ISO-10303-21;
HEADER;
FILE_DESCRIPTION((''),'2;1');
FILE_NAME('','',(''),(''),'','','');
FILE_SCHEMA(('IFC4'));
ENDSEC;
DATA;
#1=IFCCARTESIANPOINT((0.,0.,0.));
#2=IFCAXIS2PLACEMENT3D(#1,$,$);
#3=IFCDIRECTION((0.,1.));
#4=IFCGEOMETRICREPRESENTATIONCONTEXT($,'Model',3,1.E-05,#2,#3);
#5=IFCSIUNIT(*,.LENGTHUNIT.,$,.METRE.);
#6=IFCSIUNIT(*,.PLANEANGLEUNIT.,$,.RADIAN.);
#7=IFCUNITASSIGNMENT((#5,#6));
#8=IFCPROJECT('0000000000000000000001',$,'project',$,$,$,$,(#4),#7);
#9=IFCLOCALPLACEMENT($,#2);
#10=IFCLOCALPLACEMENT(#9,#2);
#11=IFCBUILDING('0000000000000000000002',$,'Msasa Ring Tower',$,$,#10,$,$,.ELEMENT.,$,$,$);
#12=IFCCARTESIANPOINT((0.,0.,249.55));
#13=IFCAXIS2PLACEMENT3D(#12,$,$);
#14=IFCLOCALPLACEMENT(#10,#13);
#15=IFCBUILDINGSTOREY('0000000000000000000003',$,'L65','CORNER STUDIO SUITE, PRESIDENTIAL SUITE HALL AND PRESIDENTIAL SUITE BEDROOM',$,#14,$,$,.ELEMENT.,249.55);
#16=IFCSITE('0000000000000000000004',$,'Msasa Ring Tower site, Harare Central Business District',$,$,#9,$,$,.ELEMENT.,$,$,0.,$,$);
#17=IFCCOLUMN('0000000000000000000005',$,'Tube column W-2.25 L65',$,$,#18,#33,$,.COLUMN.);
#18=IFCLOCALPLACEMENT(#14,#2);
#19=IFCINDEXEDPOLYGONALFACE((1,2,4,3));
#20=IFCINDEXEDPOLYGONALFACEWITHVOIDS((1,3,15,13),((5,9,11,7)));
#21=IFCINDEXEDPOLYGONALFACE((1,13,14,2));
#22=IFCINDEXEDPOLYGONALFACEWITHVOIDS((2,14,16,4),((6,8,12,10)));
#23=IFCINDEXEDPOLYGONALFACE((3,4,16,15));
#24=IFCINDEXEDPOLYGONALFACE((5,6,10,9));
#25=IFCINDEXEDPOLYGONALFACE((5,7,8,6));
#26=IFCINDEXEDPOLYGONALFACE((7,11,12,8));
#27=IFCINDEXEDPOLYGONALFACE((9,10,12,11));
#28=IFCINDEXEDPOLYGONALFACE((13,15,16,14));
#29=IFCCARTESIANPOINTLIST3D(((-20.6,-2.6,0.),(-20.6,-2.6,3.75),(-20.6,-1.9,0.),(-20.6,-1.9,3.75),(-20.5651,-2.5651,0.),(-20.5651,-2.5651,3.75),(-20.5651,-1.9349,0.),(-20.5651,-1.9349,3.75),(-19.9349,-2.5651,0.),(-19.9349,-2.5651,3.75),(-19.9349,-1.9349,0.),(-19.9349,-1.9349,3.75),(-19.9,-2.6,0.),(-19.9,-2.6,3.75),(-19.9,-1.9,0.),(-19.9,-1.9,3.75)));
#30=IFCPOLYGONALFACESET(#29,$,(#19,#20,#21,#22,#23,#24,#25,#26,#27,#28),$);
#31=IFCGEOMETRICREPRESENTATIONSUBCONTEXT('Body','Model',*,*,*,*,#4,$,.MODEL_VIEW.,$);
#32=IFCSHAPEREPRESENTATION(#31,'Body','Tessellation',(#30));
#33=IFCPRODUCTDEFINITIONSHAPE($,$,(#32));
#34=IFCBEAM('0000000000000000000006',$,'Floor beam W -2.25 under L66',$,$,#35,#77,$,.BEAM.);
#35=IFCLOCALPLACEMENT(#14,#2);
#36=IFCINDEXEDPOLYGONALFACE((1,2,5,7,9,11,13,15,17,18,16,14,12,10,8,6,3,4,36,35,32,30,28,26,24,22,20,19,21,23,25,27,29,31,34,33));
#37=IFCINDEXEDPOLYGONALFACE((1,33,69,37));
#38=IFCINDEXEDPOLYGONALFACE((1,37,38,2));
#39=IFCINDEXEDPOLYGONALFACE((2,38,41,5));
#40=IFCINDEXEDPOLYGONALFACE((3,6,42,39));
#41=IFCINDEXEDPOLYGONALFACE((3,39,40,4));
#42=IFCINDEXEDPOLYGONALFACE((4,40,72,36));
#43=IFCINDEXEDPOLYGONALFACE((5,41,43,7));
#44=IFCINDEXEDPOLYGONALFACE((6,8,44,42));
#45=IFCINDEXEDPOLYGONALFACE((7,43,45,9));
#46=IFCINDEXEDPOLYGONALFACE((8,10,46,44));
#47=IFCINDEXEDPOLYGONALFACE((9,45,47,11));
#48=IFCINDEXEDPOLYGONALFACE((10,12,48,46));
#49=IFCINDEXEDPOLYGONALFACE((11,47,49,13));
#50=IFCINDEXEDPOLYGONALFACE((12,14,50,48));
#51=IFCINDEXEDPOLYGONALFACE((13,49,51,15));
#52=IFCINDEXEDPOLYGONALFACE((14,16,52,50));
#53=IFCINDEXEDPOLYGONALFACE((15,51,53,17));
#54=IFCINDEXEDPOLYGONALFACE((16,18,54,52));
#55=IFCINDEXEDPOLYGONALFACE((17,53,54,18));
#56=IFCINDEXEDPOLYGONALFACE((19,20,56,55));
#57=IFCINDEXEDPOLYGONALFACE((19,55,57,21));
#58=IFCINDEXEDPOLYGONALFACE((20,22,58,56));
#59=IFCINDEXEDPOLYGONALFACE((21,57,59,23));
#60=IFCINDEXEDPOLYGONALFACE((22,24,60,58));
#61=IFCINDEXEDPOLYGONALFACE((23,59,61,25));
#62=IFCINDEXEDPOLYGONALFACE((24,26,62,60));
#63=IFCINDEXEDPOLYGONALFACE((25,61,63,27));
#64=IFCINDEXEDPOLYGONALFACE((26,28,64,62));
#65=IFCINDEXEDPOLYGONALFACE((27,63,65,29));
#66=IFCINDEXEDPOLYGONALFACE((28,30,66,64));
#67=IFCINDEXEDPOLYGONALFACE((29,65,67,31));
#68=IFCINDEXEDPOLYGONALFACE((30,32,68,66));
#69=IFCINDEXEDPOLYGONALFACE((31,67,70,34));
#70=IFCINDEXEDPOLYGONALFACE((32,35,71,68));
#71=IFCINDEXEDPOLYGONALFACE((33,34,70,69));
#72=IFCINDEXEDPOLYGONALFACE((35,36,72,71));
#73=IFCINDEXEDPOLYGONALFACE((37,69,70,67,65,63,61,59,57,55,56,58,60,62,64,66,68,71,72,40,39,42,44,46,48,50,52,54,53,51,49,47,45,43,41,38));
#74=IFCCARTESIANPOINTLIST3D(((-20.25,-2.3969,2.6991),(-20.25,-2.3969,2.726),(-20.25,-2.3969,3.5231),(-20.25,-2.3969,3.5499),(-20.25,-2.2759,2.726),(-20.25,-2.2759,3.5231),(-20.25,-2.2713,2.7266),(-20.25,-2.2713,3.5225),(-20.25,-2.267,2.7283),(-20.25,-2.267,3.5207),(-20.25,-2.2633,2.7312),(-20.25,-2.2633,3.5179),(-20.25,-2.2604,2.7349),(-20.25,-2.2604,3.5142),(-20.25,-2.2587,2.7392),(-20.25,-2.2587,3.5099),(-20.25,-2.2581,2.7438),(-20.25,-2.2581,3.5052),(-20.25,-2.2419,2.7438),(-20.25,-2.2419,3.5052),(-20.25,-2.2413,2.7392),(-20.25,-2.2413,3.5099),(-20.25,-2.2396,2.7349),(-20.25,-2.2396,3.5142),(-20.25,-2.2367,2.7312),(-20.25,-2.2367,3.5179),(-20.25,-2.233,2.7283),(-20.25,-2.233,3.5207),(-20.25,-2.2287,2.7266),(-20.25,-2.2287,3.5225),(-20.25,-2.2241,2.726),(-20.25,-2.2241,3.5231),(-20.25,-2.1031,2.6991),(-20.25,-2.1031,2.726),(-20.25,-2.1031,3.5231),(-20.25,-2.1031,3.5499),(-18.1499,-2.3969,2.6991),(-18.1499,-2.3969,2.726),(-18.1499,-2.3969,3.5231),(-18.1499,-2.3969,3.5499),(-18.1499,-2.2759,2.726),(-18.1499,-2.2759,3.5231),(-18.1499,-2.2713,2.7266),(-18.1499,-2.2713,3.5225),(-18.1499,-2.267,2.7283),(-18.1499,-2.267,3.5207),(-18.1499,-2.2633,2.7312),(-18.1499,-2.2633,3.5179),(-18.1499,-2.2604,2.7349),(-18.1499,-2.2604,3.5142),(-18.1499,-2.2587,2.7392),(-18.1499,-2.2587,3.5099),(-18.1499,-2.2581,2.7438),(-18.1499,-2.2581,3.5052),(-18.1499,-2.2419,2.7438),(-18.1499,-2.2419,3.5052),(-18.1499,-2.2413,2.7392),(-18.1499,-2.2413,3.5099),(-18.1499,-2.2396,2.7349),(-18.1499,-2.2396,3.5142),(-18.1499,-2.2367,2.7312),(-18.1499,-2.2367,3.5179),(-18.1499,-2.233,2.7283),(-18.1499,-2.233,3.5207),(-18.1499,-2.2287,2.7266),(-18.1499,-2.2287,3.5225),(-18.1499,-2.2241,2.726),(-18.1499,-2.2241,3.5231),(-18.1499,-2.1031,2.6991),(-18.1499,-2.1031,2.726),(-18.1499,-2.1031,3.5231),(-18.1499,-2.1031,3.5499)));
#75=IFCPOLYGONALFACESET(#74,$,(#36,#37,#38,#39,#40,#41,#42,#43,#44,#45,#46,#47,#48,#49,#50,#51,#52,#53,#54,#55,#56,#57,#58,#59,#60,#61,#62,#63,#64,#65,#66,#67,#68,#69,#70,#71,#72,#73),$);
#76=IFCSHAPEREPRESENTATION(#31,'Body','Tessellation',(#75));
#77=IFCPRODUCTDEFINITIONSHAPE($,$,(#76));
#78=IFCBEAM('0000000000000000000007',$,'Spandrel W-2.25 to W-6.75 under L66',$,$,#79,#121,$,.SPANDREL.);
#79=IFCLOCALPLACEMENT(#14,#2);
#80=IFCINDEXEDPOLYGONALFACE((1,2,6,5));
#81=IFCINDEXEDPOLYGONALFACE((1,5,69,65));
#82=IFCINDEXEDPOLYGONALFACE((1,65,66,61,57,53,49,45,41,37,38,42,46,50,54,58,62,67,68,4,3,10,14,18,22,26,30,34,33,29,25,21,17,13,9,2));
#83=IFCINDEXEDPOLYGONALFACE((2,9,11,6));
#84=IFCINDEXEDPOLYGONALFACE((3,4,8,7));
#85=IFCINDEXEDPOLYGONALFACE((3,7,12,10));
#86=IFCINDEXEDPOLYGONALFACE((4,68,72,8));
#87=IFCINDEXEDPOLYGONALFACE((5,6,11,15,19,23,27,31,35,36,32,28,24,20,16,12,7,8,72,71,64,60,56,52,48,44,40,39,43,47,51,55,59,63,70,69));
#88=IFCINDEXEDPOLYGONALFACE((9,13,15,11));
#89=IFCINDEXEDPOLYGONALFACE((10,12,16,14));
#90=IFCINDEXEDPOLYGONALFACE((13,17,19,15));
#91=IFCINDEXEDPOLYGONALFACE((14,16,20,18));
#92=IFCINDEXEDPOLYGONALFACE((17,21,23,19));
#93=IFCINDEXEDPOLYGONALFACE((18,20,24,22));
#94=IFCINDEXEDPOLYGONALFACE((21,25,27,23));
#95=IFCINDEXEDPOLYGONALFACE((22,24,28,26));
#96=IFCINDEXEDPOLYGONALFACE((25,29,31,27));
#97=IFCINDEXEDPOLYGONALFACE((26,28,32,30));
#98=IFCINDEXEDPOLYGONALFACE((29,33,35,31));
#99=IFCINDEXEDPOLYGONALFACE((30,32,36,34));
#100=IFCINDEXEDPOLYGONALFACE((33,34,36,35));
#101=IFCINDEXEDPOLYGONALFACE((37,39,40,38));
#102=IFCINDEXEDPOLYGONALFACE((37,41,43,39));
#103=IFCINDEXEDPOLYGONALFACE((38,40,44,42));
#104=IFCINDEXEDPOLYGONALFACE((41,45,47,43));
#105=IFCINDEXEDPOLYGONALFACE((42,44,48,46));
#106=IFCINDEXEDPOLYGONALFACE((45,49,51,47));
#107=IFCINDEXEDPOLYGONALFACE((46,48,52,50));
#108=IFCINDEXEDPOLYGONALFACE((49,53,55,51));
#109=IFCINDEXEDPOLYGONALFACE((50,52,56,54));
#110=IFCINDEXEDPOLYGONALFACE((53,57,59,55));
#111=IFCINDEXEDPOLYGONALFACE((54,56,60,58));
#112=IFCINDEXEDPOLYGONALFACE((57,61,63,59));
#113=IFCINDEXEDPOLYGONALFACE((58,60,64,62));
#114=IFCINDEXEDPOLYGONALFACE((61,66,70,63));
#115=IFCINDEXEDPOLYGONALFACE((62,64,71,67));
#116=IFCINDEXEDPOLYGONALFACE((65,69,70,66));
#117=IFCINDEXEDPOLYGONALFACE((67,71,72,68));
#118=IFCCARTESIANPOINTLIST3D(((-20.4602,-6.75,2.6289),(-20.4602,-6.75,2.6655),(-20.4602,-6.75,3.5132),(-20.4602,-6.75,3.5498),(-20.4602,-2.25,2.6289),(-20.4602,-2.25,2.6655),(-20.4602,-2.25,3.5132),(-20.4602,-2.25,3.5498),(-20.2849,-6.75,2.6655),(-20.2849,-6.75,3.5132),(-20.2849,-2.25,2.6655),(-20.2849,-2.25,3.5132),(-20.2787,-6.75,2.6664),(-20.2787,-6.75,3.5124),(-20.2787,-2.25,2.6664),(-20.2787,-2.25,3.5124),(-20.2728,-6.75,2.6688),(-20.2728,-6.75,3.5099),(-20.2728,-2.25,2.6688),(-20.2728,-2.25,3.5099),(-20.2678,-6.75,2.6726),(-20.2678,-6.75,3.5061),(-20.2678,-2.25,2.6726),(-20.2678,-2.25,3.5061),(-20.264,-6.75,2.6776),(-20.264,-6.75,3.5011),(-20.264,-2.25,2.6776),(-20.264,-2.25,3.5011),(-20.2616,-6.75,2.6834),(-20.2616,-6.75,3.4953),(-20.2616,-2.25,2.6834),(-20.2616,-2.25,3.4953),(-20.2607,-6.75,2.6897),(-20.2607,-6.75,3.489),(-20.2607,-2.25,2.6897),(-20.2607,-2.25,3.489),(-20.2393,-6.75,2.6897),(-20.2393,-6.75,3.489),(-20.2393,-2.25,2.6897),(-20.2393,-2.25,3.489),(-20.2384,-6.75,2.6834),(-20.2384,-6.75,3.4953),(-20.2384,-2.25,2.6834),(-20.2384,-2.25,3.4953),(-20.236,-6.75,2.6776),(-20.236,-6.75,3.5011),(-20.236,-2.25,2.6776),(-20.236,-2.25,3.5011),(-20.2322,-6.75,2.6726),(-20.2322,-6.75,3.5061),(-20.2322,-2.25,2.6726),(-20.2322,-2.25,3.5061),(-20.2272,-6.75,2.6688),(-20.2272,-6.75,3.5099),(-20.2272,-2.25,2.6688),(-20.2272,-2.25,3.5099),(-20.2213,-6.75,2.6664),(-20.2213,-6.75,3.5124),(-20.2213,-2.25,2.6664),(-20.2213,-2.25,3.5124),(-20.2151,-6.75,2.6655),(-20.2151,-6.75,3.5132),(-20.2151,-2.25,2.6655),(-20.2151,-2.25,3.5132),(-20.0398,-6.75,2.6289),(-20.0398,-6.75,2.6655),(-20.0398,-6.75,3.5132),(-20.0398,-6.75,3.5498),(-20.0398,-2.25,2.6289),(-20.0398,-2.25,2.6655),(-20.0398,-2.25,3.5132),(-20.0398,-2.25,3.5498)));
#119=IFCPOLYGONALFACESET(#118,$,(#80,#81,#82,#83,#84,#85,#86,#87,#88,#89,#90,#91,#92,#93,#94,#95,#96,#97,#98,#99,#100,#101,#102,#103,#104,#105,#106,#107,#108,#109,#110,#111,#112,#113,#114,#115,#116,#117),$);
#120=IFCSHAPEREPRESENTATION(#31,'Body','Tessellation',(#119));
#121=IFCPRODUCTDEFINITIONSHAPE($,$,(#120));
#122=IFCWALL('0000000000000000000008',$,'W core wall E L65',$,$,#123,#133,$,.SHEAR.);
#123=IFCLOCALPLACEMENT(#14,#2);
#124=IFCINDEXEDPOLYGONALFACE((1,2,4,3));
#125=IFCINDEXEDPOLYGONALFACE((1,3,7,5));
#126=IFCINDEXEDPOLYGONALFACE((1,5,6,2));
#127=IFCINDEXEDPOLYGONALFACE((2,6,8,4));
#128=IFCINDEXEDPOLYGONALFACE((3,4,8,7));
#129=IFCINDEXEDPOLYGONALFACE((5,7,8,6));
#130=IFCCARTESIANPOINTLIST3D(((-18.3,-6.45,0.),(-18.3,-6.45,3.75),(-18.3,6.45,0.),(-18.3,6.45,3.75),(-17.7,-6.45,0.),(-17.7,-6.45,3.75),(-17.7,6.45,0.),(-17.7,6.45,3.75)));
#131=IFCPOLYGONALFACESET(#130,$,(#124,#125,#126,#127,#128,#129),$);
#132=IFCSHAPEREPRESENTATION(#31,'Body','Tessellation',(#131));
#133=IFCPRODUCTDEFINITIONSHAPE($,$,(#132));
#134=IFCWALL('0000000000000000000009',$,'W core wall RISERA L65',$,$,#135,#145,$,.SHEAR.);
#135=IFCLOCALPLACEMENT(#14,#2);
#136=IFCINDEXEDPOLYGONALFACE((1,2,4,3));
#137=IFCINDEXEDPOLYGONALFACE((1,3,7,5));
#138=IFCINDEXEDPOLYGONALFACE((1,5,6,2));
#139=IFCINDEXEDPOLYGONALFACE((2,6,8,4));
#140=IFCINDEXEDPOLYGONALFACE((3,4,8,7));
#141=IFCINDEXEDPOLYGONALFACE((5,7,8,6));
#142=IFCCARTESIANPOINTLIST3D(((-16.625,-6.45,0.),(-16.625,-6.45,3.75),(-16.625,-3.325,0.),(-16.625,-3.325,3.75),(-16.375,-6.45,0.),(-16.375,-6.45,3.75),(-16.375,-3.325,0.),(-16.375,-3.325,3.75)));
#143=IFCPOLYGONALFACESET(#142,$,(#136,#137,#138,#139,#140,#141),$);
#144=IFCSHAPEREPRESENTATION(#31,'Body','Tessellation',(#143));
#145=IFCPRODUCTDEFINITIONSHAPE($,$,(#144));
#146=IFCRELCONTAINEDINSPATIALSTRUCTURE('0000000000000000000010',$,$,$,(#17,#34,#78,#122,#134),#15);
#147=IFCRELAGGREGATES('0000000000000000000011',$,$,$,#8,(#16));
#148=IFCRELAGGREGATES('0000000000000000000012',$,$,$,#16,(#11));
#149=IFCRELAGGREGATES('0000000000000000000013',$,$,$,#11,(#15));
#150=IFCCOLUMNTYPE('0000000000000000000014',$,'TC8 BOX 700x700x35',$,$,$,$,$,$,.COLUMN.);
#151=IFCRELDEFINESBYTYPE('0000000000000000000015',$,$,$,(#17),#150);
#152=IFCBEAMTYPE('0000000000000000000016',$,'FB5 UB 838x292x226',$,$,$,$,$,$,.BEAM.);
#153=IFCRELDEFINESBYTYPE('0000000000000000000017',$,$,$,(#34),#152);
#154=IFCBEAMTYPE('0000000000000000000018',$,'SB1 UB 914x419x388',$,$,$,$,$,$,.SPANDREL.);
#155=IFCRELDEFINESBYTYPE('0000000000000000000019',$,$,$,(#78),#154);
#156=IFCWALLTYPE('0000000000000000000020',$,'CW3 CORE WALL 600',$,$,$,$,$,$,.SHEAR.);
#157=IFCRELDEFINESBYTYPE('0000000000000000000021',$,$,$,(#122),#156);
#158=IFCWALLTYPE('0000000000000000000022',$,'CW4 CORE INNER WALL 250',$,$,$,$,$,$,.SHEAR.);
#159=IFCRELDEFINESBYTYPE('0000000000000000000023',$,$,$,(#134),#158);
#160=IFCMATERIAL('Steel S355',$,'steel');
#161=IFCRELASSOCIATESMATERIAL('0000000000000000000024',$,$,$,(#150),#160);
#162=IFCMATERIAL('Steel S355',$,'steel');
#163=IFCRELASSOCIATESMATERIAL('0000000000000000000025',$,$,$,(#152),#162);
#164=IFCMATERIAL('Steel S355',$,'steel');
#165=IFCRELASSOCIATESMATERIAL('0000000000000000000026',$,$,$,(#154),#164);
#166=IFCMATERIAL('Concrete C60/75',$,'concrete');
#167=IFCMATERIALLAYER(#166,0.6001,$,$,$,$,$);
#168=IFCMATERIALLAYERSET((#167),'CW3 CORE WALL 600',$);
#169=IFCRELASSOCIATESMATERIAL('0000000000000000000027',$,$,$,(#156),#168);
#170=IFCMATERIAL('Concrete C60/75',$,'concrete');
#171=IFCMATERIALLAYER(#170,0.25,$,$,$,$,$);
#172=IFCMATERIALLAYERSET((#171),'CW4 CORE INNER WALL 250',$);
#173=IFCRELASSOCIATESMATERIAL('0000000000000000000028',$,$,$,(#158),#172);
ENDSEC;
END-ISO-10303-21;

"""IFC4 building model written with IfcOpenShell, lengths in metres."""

from ifc_helpers import new_model, si_unit, direction, frame, frame_2d, origin, origin_2d, place, context, subcontext, project, spatial, rectangle, hollow_rectangle, i_section, extrude, material, layer, layer_set, material_profile, profile_set, type_object, element, save


model = new_model("IFC4")

# Units and contexts
model_context = context("Model", 3, precision=1e-05, world=origin(), true_north=direction((0.0, 1.0)))
body_context = subcontext(model_context, "Body", "Model", "MODEL_VIEW")
ifc_project = project(units=[si_unit("LENGTHUNIT", "METRE"), si_unit("PLANEANGLEUNIT", "RADIAN")], contexts=[model_context])

# Site, building, storey
site_placement = place(None, origin())
site = spatial("IfcSite", under=ifc_project, at=site_placement, Name="Msasa Ring Tower site, Harare Central Business District", CompositionType="ELEMENT", RefElevation=0.0)
building_placement = place(site_placement, origin())
building = spatial("IfcBuilding", under=site, at=building_placement, Name="Msasa Ring Tower", CompositionType="ELEMENT")
storey_placement = place(building_placement, frame((0.0, 0.0, 249.55)))
storey = spatial("IfcBuildingStorey", under=building, at=storey_placement, Name="L65", Description="CORNER STUDIO SUITE, PRESIDENTIAL SUITE HALL AND PRESIDENTIAL SUITE BEDROOM", CompositionType="ELEMENT", Elevation=249.55)

# Column
ifc_material_1 = material(Name="Steel S355", Category="steel")
ifc_material_profile_1 = material_profile(ifc_material_1, hollow_rectangle(XDim=0.7, YDim=0.7, WallThickness=0.0349, at=origin_2d()), Name="BOX 700x700x35")
ifc_profile_set_1 = profile_set([ifc_material_profile_1], Name="Steel S355")
column_type = type_object("IfcColumnType", Name="TC8 BOX 700x700x35", PredefinedType="COLUMN", material=ifc_profile_set_1)
column_placement = place(storey_placement, frame((-20.25, -2.25, 0.0), z_axis=(0.0, 0.0, 1.0), x_axis=(1.0, 0.0, 0.0)))
element("IfcColumn", 1, at=column_placement, inside=storey, type_object=column_type, Name="Tube column W-2.25 L65", PredefinedType="COLUMN", context=body_context, shape_type="SweptSolid", body=[
    extrude(hollow_rectangle(XDim=0.7, YDim=0.7, WallThickness=0.0349, at=origin_2d()), origin(), (0.0, 0.0, 1.0), 3.75),
])

# Beams
ifc_material_2 = material(Name="Steel S355", Category="steel")
ifc_material_profile_2 = material_profile(ifc_material_2, i_section(OverallWidth=0.2937, OverallDepth=0.8508, WebThickness=0.0161, FlangeThickness=0.0269, FilletRadius=0.0178, at=origin_2d()), Name="UB 838x292x226")
ifc_profile_set_2 = profile_set([ifc_material_profile_2], Name="Steel S355")
beam_type_1 = type_object("IfcBeamType", Name="FB5 UB 838x292x226", PredefinedType="BEAM", material=ifc_profile_set_2)
beam_1_placement = place(storey_placement, frame((-20.25, -2.25, 3.1245), z_axis=(1.0, 0.0, 0.0), x_axis=(0.0, 1.0, 0.0)))
element("IfcBeam", 2, at=beam_1_placement, inside=storey, type_object=beam_type_1, Name="Floor beam W -2.25 under L66", PredefinedType="BEAM", context=body_context, shape_type="SweptSolid", body=[
    extrude(i_section(OverallWidth=0.2937, OverallDepth=0.8508, WebThickness=0.0161, FlangeThickness=0.0269, FilletRadius=0.0178, at=origin_2d()), origin(), (0.0, 0.0, 1.0), 2.1001),
])
ifc_material_3 = material(Name="Steel S355", Category="steel")
ifc_material_profile_3 = material_profile(ifc_material_3, i_section(OverallWidth=0.4204, OverallDepth=0.9209, WebThickness=0.0215, FlangeThickness=0.0366, FilletRadius=0.0242, at=origin_2d()), Name="UB 914x419x388")
ifc_profile_set_3 = profile_set([ifc_material_profile_3], Name="Steel S355")
beam_type_2 = type_object("IfcBeamType", Name="SB1 UB 914x419x388", PredefinedType="SPANDREL", material=ifc_profile_set_3)
beam_2_placement = place(storey_placement, frame((-20.25, -2.25, 3.0894), z_axis=(0.0, -1.0, 0.0), x_axis=(1.0, 0.0, 0.0)))
element("IfcBeam", 3, at=beam_2_placement, inside=storey, type_object=beam_type_2, Name="Spandrel W-2.25 to W-6.75 under L66", PredefinedType="SPANDREL", context=body_context, shape_type="SweptSolid", body=[
    extrude(i_section(OverallWidth=0.4204, OverallDepth=0.9209, WebThickness=0.0215, FlangeThickness=0.0366, FilletRadius=0.0242, at=origin_2d()), origin(), (0.0, 0.0, 1.0), 4.5),
])

# Walls
ifc_material_4 = material(Name="Concrete C60/75", Category="concrete")
ifc_layer_1 = layer(ifc_material_4, 0.6001)
ifc_layer_set_1 = layer_set([ifc_layer_1], Name="CW3 CORE WALL 600")
wall_type_1 = type_object("IfcWallType", Name="CW3 CORE WALL 600", PredefinedType="SHEAR", material=ifc_layer_set_1)
wall_1_placement = place(storey_placement, frame((-18.0, -6.45, 0.0), z_axis=(0.0, 0.0, 1.0), x_axis=(0.0, 1.0, 0.0)))
element("IfcWall", 4, at=wall_1_placement, inside=storey, type_object=wall_type_1, Name="W core wall E L65", PredefinedType="SHEAR", context=body_context, shape_type="SweptSolid", body=[
    extrude(rectangle(XDim=12.8999, YDim=0.6001, at=frame_2d((6.45, 0.0))), origin(), (0.0, 0.0, 1.0), 3.75),
])
ifc_material_5 = material(Name="Concrete C60/75", Category="concrete")
ifc_layer_2 = layer(ifc_material_5, 0.25)
ifc_layer_set_2 = layer_set([ifc_layer_2], Name="CW4 CORE INNER WALL 250")
wall_type_2 = type_object("IfcWallType", Name="CW4 CORE INNER WALL 250", PredefinedType="SHEAR", material=ifc_layer_set_2)
wall_2_placement = place(storey_placement, frame((-16.5, -6.45, 0.0), z_axis=(0.0, 0.0, 1.0), x_axis=(0.0, 1.0, 0.0)))
element("IfcWall", 5, at=wall_2_placement, inside=storey, type_object=wall_type_2, Name="W core wall RISERA L65", PredefinedType="SHEAR", context=body_context, shape_type="SweptSolid", body=[
    extrude(rectangle(XDim=3.125, YDim=0.25, at=frame_2d((1.5625, 0.0))), origin(), (0.0, 0.0, 1.0), 3.75),
])

save(model, "model.ifc")
